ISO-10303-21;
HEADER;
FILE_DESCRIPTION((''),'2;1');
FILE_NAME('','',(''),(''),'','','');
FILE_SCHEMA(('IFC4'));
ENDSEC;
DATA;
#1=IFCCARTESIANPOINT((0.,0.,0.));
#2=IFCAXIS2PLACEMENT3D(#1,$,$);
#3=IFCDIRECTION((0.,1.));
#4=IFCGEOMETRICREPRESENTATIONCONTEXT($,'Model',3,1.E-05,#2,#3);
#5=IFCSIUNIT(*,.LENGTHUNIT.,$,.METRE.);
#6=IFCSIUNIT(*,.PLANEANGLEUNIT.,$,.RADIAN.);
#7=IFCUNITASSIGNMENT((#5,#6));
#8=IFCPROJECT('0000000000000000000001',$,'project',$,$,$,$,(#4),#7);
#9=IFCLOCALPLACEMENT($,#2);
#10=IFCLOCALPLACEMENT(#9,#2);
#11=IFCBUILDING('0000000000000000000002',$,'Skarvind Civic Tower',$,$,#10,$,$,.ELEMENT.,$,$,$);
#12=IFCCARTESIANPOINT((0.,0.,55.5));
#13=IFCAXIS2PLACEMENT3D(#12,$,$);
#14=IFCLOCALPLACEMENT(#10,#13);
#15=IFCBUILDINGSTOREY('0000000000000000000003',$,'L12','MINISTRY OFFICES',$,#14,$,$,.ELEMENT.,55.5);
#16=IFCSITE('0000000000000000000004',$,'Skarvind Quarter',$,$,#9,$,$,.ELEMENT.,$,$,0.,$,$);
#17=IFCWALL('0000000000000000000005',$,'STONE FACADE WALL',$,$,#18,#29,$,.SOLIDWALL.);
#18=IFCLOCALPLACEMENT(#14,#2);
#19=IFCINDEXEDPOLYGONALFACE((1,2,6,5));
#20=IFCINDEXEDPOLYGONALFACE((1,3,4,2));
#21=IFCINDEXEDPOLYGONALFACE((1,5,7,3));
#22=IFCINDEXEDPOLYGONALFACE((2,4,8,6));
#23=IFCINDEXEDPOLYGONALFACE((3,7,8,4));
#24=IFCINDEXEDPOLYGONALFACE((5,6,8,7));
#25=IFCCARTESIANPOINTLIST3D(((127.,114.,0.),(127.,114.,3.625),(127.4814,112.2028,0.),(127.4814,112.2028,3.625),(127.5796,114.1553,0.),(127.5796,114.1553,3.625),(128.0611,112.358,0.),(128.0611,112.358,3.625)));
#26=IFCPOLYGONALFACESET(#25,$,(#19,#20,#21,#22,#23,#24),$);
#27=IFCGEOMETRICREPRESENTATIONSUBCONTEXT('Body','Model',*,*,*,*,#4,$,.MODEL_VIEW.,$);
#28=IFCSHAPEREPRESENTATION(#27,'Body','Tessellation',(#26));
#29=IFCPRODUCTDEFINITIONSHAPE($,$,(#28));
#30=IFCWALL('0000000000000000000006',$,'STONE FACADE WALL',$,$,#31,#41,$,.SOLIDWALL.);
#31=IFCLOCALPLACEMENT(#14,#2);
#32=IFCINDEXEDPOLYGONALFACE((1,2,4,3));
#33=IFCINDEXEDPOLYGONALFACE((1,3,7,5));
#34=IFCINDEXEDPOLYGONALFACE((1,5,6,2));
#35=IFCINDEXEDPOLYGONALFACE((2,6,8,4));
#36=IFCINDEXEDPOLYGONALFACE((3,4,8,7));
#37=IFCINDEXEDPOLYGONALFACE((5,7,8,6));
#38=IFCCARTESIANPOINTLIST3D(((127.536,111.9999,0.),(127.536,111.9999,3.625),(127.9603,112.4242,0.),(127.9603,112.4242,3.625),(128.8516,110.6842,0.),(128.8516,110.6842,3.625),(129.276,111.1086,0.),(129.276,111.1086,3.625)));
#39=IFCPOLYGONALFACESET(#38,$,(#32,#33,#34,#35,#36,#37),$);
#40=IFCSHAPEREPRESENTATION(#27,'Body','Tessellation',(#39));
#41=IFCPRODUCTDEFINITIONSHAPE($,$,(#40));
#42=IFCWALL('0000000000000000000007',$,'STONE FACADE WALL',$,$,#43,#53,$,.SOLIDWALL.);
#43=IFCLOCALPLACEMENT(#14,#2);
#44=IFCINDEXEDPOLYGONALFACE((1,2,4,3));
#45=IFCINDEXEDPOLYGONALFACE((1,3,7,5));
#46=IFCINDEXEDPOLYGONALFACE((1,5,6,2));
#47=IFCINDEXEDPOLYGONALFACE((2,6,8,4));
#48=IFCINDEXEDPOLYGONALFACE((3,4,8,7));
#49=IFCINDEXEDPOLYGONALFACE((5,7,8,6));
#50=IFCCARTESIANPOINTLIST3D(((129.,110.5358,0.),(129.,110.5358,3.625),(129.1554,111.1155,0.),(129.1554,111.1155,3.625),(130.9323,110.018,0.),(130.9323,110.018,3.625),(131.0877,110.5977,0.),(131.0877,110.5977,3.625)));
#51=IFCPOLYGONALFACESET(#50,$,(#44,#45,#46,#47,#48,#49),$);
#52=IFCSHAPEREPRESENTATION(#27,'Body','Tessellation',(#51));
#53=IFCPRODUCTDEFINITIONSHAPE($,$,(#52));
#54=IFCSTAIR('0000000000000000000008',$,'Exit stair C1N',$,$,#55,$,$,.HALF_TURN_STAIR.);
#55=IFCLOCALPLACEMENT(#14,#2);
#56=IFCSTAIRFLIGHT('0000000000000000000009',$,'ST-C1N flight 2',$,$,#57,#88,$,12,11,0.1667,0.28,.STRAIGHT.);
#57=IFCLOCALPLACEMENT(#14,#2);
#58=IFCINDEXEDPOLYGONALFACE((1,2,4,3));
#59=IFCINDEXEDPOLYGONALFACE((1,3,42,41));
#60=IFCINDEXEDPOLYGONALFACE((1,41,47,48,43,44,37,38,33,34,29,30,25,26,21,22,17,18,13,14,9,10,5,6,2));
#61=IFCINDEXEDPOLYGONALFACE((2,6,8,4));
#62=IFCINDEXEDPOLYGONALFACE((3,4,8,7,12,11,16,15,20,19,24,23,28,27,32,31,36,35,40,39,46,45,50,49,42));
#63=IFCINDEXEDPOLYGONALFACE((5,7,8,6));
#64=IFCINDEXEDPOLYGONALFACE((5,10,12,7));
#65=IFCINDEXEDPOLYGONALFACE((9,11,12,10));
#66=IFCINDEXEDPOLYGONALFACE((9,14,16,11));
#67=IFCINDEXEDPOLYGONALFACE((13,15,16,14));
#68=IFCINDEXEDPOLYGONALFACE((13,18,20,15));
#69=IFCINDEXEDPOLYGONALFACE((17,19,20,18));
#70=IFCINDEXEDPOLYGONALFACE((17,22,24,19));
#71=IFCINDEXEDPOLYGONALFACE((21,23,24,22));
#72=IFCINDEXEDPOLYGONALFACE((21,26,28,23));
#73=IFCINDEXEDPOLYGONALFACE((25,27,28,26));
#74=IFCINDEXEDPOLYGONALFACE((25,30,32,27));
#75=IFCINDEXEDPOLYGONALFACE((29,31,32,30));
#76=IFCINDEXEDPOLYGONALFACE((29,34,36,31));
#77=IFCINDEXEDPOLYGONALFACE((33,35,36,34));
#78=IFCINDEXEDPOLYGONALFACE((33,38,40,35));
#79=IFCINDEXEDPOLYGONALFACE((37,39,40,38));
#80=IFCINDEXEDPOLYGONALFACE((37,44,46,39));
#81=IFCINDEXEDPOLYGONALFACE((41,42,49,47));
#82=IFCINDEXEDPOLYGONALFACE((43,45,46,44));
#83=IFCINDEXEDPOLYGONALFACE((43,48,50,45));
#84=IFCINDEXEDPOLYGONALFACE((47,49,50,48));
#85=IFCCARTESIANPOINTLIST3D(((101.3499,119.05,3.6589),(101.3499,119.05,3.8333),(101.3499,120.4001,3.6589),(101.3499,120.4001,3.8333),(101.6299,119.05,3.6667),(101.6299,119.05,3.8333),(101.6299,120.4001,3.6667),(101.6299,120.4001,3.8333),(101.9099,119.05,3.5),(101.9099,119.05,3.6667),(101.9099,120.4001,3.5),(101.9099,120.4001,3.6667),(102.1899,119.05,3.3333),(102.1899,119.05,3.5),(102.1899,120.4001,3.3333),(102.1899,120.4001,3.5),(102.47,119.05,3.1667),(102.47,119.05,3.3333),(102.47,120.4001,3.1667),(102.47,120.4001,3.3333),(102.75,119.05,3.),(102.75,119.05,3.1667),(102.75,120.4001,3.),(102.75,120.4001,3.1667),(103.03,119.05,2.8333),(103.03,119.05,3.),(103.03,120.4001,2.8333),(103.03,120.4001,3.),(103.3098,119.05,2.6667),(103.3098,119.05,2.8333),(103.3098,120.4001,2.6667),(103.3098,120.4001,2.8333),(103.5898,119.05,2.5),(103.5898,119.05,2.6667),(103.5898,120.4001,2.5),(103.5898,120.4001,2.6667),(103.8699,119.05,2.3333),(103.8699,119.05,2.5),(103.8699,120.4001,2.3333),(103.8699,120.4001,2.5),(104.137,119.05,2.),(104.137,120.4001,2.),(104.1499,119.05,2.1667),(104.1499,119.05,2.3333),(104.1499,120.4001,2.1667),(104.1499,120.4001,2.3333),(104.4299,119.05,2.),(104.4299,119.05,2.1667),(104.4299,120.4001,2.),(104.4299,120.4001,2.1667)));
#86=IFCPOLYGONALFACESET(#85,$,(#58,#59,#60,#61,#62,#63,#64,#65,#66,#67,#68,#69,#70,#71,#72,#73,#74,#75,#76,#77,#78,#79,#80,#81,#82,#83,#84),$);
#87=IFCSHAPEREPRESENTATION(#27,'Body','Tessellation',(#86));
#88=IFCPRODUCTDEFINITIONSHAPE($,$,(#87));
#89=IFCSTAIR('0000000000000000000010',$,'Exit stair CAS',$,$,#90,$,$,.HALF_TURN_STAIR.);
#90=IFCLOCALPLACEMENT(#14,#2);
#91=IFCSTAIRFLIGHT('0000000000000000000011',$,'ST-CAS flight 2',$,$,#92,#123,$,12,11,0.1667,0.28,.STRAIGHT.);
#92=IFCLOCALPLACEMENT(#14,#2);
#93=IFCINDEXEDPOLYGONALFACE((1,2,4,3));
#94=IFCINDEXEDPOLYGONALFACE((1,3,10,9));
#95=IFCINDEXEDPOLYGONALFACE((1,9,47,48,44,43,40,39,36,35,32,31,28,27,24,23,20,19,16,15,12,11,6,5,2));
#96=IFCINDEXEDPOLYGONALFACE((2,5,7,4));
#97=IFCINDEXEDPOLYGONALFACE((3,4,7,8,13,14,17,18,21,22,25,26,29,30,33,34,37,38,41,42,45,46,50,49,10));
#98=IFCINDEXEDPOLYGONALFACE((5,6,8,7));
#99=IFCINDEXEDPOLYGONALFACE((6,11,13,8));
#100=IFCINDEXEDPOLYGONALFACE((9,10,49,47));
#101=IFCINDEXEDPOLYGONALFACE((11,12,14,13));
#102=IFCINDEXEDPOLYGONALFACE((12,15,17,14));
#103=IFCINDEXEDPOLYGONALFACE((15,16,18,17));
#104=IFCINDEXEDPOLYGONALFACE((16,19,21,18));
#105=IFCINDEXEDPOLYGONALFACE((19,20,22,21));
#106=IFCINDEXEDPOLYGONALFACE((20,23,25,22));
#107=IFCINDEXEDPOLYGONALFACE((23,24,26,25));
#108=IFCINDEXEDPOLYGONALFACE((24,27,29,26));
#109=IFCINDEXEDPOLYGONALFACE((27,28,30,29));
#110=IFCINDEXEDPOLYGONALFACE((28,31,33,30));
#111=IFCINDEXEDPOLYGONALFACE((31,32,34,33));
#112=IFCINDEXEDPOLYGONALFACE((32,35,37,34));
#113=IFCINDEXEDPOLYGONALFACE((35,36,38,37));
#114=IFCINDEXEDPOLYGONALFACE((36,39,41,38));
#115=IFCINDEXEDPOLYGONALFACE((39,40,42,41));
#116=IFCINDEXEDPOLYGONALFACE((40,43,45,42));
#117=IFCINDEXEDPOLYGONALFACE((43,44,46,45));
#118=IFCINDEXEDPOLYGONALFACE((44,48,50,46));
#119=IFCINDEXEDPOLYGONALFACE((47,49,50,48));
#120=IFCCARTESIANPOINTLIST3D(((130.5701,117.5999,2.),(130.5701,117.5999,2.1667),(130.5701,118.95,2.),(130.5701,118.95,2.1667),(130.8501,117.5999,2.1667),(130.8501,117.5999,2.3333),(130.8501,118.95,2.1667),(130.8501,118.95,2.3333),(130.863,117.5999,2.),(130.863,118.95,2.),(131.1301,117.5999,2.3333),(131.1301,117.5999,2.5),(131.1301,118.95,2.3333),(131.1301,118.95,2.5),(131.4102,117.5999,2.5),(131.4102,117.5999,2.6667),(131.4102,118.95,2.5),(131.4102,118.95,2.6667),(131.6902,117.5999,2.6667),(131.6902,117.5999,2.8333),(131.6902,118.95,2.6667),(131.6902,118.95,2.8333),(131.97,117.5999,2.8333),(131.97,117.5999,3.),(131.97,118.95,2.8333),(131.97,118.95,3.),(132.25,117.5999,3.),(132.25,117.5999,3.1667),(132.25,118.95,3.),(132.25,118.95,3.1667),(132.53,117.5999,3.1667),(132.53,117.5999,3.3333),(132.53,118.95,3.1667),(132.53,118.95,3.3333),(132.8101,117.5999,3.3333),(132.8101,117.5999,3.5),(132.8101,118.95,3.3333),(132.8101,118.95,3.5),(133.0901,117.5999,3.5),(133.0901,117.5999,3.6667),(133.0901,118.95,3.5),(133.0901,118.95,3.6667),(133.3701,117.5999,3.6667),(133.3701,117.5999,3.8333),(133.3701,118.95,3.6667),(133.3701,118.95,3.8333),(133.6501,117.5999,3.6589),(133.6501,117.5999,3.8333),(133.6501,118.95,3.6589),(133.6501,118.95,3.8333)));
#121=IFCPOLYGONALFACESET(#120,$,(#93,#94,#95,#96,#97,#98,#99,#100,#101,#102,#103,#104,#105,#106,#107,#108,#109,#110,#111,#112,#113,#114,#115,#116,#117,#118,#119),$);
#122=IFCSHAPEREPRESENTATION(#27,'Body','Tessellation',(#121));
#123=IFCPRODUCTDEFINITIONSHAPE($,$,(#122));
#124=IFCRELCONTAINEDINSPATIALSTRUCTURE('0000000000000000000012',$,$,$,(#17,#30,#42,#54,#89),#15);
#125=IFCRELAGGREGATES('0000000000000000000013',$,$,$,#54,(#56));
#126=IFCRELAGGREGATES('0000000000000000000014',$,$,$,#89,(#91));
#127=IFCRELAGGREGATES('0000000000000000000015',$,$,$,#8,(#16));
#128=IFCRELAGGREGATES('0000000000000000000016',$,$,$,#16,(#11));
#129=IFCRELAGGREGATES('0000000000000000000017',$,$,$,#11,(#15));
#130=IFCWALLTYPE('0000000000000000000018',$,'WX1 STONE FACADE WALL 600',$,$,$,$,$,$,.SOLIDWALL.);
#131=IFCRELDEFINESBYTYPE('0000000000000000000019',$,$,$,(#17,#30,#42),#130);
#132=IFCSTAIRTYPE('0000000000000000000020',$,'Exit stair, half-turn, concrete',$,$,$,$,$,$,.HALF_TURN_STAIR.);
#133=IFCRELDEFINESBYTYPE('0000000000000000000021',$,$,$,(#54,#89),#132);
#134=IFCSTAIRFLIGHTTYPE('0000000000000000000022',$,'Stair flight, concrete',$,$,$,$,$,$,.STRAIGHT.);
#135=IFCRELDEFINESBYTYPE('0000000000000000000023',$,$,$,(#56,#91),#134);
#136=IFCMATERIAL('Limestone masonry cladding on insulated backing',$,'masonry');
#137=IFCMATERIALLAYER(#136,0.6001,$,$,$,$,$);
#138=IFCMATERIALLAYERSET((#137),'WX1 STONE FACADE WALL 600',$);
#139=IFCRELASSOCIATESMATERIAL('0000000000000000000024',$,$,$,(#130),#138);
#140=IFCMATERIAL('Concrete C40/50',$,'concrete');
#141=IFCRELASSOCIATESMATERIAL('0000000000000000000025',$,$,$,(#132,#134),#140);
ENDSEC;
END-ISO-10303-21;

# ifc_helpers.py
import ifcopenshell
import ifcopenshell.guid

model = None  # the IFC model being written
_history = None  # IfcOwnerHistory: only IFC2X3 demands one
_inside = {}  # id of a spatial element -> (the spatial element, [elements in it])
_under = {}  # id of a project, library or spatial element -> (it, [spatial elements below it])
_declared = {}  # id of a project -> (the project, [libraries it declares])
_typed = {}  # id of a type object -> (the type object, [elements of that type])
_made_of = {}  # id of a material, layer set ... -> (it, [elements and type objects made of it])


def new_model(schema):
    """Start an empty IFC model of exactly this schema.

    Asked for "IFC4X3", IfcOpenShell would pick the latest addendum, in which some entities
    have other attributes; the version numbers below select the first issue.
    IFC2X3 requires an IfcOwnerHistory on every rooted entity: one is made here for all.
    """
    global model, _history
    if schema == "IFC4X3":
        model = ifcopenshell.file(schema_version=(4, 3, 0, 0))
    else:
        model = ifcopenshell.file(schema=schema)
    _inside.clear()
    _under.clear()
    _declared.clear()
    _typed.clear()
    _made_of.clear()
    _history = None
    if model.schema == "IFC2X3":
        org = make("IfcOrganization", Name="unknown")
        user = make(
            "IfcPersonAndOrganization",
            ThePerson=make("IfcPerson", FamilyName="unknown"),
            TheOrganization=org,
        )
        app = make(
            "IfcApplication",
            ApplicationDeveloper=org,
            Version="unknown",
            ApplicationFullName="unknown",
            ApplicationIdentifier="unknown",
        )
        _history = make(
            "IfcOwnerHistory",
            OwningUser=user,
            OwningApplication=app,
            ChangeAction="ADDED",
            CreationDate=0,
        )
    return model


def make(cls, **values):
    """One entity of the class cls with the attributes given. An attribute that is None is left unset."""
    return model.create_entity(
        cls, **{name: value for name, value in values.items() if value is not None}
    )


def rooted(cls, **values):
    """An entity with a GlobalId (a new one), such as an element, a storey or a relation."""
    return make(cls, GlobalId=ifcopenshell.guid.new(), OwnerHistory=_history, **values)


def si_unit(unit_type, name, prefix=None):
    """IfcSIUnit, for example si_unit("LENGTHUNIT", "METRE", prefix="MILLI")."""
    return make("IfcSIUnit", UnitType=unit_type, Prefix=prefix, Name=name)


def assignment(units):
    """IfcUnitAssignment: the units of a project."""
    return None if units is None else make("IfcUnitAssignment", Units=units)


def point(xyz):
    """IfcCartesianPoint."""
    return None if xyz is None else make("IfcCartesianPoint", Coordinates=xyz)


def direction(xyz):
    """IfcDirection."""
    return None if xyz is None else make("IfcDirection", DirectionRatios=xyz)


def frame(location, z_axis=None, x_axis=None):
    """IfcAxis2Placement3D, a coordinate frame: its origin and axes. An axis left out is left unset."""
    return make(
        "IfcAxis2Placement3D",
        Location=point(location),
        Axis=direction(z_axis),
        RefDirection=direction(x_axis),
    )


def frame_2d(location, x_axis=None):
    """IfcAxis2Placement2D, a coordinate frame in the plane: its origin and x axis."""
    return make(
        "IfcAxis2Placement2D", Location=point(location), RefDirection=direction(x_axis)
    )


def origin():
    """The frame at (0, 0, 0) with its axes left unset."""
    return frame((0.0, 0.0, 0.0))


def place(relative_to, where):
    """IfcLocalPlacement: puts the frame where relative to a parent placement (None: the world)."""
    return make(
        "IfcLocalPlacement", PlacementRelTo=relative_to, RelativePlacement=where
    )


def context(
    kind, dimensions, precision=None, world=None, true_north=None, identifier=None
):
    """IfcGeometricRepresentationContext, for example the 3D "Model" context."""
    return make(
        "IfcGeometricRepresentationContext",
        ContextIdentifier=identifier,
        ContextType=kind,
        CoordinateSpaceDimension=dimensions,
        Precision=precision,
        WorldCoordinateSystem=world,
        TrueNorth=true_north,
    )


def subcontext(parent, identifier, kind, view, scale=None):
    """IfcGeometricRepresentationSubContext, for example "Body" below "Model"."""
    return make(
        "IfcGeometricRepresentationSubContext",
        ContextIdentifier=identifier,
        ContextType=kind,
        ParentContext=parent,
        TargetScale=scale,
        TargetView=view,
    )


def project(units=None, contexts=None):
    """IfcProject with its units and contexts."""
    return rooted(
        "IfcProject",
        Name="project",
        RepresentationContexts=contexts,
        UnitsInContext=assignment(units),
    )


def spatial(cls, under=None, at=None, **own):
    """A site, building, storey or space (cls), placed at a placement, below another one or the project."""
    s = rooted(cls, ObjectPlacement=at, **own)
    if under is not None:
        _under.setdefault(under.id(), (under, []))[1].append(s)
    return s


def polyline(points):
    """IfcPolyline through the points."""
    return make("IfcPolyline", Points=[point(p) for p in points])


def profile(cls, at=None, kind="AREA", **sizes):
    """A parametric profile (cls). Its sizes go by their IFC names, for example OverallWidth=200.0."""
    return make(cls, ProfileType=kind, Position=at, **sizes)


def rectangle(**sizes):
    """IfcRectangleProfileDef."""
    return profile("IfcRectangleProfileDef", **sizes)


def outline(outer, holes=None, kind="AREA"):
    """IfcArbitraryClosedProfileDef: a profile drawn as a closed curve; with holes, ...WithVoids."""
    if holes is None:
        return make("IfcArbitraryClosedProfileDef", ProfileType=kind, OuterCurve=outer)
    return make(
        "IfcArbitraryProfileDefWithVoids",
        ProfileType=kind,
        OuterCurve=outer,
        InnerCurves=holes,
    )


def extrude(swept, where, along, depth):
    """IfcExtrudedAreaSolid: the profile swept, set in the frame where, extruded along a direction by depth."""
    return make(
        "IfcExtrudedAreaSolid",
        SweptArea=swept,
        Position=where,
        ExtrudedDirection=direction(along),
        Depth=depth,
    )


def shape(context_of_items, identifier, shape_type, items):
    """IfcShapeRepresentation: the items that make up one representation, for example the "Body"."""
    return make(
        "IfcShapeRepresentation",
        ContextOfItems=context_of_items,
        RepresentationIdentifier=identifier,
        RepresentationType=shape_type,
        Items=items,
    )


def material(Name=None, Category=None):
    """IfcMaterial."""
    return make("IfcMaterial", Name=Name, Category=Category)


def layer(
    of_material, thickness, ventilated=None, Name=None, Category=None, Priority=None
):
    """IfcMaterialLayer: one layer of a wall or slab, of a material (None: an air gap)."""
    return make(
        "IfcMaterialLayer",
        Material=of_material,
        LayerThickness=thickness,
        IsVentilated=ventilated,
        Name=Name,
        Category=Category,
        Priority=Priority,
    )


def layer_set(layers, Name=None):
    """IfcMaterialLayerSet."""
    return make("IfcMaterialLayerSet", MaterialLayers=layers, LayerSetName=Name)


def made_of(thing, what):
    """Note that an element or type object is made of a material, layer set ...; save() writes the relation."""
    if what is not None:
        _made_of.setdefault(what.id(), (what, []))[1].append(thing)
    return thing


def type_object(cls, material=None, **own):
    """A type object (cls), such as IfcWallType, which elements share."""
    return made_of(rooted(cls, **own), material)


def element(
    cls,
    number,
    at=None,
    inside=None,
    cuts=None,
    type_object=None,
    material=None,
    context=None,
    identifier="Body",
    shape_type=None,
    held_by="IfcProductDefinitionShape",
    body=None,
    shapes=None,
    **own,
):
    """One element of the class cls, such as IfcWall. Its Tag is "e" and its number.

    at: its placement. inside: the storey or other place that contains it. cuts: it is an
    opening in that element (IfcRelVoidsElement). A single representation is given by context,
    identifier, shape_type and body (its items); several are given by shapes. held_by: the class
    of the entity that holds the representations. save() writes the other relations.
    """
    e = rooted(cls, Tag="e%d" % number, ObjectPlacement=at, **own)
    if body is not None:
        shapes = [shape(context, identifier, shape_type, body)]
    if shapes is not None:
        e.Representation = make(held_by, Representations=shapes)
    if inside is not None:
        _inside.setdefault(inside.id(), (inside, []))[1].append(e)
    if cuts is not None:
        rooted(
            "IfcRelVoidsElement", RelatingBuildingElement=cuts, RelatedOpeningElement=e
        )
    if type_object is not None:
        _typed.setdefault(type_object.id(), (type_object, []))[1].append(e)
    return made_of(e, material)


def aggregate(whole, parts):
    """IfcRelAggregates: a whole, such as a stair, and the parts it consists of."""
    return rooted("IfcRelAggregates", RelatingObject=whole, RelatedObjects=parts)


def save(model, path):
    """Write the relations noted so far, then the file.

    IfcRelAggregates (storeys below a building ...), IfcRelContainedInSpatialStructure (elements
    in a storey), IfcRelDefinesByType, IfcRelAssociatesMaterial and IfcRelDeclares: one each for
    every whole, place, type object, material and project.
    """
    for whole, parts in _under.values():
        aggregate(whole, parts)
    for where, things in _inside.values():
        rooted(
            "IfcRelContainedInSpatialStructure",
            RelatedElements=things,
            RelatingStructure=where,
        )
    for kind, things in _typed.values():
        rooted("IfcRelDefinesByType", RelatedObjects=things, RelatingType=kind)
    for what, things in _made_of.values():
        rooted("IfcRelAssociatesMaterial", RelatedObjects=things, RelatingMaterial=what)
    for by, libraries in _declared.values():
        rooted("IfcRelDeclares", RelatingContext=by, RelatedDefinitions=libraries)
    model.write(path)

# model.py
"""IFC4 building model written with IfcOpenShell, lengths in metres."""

from ifc_helpers import new_model, si_unit, direction, frame, frame_2d, origin, place, context, subcontext, project, spatial, polyline, rectangle, outline, extrude, material, layer, layer_set, type_object, element, aggregate, save


model = new_model("IFC4")

# Units and contexts
model_context = context("Model", 3, precision=1e-05, world=origin(), true_north=direction((0.0, 1.0)))
body_context = subcontext(model_context, "Body", "Model", "MODEL_VIEW")
ifc_project = project(units=[si_unit("LENGTHUNIT", "METRE"), si_unit("PLANEANGLEUNIT", "RADIAN")], contexts=[model_context])

# Site, building, storey
site_placement = place(None, origin())
site = spatial("IfcSite", under=ifc_project, at=site_placement, Name="Skarvind Quarter", CompositionType="ELEMENT", RefElevation=0.0)
building_placement = place(site_placement, origin())
building = spatial("IfcBuilding", under=site, at=building_placement, Name="Skarvind Civic Tower", CompositionType="ELEMENT")
storey_placement = place(building_placement, frame((0.0, 0.0, 55.5)))
storey = spatial("IfcBuildingStorey", under=building, at=storey_placement, Name="L12", Description="MINISTRY OFFICES", CompositionType="ELEMENT", Elevation=55.5)

# Walls
ifc_material_1 = material(Name="Limestone masonry cladding on insulated backing", Category="masonry")
ifc_layer_1 = layer(ifc_material_1, 0.6001)
ifc_layer_set_1 = layer_set([ifc_layer_1], Name="WX1 STONE FACADE WALL 600")
wall_type_1 = type_object("IfcWallType", Name="WX1 STONE FACADE WALL 600", PredefinedType="SOLIDWALL", material=ifc_layer_set_1)
for number, where, z_axis, x_axis, name in (
    (1, (127.7712, 112.2805, 0.0), (0.0, 0.0, 1.0), (-0.258773, 0.965938, 0.0), "STONE FACADE WALL"),
    (2, (129.0637, 110.8965, 0.0), (0.0, 0.0, 1.0), (-0.707107, 0.707107, 0.0), "STONE FACADE WALL"),
):
    element("IfcWall", number, at=place(storey_placement, frame(where, z_axis=z_axis, x_axis=x_axis)), inside=storey, type_object=wall_type_1, Name=name, PredefinedType="SOLIDWALL", context=body_context, shape_type="SweptSolid", body=[
        extrude(rectangle(XDim=1.8606, YDim=0.6001, at=frame_2d((0.9302, 0.0))), origin(), (0.0, 0.0, 1.0), 3.625),
    ])
wall_1_placement = place(storey_placement, frame((131.01, 110.3079, 0.0), z_axis=(0.0, 0.0, 1.0), x_axis=(-0.96592, 0.25884, 0.0)))
element("IfcWall", 3, at=wall_1_placement, inside=storey, type_object=wall_type_1, Name="STONE FACADE WALL", PredefinedType="SOLIDWALL", context=body_context, shape_type="SweptSolid", body=[
    extrude(rectangle(XDim=2.0005, YDim=0.6001, at=frame_2d((1.0002, 0.0))), origin(), (0.0, 0.0, 1.0), 3.625),
])

# Stairs, stair flights
ifc_material_2 = material(Name="Concrete C40/50", Category="concrete")
stair_type = type_object("IfcStairType", Name="Exit stair, half-turn, concrete", PredefinedType="HALF_TURN_STAIR", material=ifc_material_2)
stair_1_placement = place(storey_placement, origin())
stair_1 = element("IfcStair", 4, at=stair_1_placement, inside=storey, type_object=stair_type, Name="Exit stair C1N", PredefinedType="HALF_TURN_STAIR")
stair_flight_type = type_object("IfcStairFlightType", Name="Stair flight, concrete", PredefinedType="STRAIGHT", material=ifc_material_2)
stair_flight_1_placement = place(storey_placement, frame((104.4299, 119.7251, 2.0), z_axis=(0.0, 0.0, 1.0), x_axis=(-1.0, 0.0, 0.0)))
stair_flight_1 = element("IfcStairFlight", 5, at=stair_flight_1_placement, type_object=stair_flight_type, Name="ST-C1N flight 2", NumberOfRisers=12, NumberOfTreads=11, PredefinedType="STRAIGHT", RiserHeight=0.1667, TreadLength=0.28, context=body_context, shape_type="SweptSolid", body=[
    extrude(outline(polyline([(0.0, 0.0), (0.0, 0.1667), (0.28, 0.1667), (0.28, 0.3333), (0.5601, 0.3333), (0.5601, 0.5), (0.8401, 0.5), (0.8401, 0.6667), (1.1201, 0.6667), (1.1201, 0.8333), (1.3999, 0.8333), (1.3999, 1.0), (1.6799, 1.0), (1.6799, 1.1667), (1.96, 1.1667), (1.96, 1.3333), (2.24, 1.3333), (2.24, 1.5), (2.52, 1.5), (2.52, 1.6667), (2.8, 1.6667), (2.8, 1.8333), (3.0801, 1.8333), (3.0801, 2.0), (3.0801, 1.6589), (0.293, 0.0), (0.0, 0.0)])), frame((0.0, 0.675, 0.0), z_axis=(0.0, -1.0, 0.0), x_axis=(1.0, 0.0, 0.0)), (0.0, 0.0, 1.0), 1.3501),
])
aggregate(stair_1, [stair_flight_1])
stair_2_placement = place(storey_placement, origin())
stair_2 = element("IfcStair", 6, at=stair_2_placement, inside=storey, type_object=stair_type, Name="Exit stair CAS", PredefinedType="HALF_TURN_STAIR")
stair_flight_2_placement = place(storey_placement, frame((130.5701, 118.2749, 2.0), z_axis=(0.0, 0.0, 1.0), x_axis=(1.0, 0.0, 0.0)))
stair_flight_2 = element("IfcStairFlight", 7, at=stair_flight_2_placement, type_object=stair_flight_type, Name="ST-CAS flight 2", NumberOfRisers=12, NumberOfTreads=11, PredefinedType="STRAIGHT", RiserHeight=0.1667, TreadLength=0.28, context=body_context, shape_type="SweptSolid", body=[
    extrude(outline(polyline([(0.0, 0.0), (0.0, 0.1667), (0.28, 0.1667), (0.28, 0.3333), (0.5601, 0.3333), (0.5601, 0.5), (0.8401, 0.5), (0.8401, 0.6667), (1.1201, 0.6667), (1.1201, 0.8333), (1.3999, 0.8333), (1.3999, 1.0), (1.6799, 1.0), (1.6799, 1.1667), (1.96, 1.1667), (1.96, 1.3333), (2.24, 1.3333), (2.24, 1.5), (2.52, 1.5), (2.52, 1.6667), (2.8, 1.6667), (2.8, 1.8333), (3.0801, 1.8333), (3.0801, 2.0), (3.0801, 1.6589), (0.293, 0.0), (0.0, 0.0)])), frame((0.0, 0.675, 0.0), z_axis=(0.0, -1.0, 0.0), x_axis=(1.0, 0.0, 0.0)), (0.0, 0.0, 1.0), 1.3501),
])
aggregate(stair_2, [stair_flight_2])

save(model, "model.ifc")
